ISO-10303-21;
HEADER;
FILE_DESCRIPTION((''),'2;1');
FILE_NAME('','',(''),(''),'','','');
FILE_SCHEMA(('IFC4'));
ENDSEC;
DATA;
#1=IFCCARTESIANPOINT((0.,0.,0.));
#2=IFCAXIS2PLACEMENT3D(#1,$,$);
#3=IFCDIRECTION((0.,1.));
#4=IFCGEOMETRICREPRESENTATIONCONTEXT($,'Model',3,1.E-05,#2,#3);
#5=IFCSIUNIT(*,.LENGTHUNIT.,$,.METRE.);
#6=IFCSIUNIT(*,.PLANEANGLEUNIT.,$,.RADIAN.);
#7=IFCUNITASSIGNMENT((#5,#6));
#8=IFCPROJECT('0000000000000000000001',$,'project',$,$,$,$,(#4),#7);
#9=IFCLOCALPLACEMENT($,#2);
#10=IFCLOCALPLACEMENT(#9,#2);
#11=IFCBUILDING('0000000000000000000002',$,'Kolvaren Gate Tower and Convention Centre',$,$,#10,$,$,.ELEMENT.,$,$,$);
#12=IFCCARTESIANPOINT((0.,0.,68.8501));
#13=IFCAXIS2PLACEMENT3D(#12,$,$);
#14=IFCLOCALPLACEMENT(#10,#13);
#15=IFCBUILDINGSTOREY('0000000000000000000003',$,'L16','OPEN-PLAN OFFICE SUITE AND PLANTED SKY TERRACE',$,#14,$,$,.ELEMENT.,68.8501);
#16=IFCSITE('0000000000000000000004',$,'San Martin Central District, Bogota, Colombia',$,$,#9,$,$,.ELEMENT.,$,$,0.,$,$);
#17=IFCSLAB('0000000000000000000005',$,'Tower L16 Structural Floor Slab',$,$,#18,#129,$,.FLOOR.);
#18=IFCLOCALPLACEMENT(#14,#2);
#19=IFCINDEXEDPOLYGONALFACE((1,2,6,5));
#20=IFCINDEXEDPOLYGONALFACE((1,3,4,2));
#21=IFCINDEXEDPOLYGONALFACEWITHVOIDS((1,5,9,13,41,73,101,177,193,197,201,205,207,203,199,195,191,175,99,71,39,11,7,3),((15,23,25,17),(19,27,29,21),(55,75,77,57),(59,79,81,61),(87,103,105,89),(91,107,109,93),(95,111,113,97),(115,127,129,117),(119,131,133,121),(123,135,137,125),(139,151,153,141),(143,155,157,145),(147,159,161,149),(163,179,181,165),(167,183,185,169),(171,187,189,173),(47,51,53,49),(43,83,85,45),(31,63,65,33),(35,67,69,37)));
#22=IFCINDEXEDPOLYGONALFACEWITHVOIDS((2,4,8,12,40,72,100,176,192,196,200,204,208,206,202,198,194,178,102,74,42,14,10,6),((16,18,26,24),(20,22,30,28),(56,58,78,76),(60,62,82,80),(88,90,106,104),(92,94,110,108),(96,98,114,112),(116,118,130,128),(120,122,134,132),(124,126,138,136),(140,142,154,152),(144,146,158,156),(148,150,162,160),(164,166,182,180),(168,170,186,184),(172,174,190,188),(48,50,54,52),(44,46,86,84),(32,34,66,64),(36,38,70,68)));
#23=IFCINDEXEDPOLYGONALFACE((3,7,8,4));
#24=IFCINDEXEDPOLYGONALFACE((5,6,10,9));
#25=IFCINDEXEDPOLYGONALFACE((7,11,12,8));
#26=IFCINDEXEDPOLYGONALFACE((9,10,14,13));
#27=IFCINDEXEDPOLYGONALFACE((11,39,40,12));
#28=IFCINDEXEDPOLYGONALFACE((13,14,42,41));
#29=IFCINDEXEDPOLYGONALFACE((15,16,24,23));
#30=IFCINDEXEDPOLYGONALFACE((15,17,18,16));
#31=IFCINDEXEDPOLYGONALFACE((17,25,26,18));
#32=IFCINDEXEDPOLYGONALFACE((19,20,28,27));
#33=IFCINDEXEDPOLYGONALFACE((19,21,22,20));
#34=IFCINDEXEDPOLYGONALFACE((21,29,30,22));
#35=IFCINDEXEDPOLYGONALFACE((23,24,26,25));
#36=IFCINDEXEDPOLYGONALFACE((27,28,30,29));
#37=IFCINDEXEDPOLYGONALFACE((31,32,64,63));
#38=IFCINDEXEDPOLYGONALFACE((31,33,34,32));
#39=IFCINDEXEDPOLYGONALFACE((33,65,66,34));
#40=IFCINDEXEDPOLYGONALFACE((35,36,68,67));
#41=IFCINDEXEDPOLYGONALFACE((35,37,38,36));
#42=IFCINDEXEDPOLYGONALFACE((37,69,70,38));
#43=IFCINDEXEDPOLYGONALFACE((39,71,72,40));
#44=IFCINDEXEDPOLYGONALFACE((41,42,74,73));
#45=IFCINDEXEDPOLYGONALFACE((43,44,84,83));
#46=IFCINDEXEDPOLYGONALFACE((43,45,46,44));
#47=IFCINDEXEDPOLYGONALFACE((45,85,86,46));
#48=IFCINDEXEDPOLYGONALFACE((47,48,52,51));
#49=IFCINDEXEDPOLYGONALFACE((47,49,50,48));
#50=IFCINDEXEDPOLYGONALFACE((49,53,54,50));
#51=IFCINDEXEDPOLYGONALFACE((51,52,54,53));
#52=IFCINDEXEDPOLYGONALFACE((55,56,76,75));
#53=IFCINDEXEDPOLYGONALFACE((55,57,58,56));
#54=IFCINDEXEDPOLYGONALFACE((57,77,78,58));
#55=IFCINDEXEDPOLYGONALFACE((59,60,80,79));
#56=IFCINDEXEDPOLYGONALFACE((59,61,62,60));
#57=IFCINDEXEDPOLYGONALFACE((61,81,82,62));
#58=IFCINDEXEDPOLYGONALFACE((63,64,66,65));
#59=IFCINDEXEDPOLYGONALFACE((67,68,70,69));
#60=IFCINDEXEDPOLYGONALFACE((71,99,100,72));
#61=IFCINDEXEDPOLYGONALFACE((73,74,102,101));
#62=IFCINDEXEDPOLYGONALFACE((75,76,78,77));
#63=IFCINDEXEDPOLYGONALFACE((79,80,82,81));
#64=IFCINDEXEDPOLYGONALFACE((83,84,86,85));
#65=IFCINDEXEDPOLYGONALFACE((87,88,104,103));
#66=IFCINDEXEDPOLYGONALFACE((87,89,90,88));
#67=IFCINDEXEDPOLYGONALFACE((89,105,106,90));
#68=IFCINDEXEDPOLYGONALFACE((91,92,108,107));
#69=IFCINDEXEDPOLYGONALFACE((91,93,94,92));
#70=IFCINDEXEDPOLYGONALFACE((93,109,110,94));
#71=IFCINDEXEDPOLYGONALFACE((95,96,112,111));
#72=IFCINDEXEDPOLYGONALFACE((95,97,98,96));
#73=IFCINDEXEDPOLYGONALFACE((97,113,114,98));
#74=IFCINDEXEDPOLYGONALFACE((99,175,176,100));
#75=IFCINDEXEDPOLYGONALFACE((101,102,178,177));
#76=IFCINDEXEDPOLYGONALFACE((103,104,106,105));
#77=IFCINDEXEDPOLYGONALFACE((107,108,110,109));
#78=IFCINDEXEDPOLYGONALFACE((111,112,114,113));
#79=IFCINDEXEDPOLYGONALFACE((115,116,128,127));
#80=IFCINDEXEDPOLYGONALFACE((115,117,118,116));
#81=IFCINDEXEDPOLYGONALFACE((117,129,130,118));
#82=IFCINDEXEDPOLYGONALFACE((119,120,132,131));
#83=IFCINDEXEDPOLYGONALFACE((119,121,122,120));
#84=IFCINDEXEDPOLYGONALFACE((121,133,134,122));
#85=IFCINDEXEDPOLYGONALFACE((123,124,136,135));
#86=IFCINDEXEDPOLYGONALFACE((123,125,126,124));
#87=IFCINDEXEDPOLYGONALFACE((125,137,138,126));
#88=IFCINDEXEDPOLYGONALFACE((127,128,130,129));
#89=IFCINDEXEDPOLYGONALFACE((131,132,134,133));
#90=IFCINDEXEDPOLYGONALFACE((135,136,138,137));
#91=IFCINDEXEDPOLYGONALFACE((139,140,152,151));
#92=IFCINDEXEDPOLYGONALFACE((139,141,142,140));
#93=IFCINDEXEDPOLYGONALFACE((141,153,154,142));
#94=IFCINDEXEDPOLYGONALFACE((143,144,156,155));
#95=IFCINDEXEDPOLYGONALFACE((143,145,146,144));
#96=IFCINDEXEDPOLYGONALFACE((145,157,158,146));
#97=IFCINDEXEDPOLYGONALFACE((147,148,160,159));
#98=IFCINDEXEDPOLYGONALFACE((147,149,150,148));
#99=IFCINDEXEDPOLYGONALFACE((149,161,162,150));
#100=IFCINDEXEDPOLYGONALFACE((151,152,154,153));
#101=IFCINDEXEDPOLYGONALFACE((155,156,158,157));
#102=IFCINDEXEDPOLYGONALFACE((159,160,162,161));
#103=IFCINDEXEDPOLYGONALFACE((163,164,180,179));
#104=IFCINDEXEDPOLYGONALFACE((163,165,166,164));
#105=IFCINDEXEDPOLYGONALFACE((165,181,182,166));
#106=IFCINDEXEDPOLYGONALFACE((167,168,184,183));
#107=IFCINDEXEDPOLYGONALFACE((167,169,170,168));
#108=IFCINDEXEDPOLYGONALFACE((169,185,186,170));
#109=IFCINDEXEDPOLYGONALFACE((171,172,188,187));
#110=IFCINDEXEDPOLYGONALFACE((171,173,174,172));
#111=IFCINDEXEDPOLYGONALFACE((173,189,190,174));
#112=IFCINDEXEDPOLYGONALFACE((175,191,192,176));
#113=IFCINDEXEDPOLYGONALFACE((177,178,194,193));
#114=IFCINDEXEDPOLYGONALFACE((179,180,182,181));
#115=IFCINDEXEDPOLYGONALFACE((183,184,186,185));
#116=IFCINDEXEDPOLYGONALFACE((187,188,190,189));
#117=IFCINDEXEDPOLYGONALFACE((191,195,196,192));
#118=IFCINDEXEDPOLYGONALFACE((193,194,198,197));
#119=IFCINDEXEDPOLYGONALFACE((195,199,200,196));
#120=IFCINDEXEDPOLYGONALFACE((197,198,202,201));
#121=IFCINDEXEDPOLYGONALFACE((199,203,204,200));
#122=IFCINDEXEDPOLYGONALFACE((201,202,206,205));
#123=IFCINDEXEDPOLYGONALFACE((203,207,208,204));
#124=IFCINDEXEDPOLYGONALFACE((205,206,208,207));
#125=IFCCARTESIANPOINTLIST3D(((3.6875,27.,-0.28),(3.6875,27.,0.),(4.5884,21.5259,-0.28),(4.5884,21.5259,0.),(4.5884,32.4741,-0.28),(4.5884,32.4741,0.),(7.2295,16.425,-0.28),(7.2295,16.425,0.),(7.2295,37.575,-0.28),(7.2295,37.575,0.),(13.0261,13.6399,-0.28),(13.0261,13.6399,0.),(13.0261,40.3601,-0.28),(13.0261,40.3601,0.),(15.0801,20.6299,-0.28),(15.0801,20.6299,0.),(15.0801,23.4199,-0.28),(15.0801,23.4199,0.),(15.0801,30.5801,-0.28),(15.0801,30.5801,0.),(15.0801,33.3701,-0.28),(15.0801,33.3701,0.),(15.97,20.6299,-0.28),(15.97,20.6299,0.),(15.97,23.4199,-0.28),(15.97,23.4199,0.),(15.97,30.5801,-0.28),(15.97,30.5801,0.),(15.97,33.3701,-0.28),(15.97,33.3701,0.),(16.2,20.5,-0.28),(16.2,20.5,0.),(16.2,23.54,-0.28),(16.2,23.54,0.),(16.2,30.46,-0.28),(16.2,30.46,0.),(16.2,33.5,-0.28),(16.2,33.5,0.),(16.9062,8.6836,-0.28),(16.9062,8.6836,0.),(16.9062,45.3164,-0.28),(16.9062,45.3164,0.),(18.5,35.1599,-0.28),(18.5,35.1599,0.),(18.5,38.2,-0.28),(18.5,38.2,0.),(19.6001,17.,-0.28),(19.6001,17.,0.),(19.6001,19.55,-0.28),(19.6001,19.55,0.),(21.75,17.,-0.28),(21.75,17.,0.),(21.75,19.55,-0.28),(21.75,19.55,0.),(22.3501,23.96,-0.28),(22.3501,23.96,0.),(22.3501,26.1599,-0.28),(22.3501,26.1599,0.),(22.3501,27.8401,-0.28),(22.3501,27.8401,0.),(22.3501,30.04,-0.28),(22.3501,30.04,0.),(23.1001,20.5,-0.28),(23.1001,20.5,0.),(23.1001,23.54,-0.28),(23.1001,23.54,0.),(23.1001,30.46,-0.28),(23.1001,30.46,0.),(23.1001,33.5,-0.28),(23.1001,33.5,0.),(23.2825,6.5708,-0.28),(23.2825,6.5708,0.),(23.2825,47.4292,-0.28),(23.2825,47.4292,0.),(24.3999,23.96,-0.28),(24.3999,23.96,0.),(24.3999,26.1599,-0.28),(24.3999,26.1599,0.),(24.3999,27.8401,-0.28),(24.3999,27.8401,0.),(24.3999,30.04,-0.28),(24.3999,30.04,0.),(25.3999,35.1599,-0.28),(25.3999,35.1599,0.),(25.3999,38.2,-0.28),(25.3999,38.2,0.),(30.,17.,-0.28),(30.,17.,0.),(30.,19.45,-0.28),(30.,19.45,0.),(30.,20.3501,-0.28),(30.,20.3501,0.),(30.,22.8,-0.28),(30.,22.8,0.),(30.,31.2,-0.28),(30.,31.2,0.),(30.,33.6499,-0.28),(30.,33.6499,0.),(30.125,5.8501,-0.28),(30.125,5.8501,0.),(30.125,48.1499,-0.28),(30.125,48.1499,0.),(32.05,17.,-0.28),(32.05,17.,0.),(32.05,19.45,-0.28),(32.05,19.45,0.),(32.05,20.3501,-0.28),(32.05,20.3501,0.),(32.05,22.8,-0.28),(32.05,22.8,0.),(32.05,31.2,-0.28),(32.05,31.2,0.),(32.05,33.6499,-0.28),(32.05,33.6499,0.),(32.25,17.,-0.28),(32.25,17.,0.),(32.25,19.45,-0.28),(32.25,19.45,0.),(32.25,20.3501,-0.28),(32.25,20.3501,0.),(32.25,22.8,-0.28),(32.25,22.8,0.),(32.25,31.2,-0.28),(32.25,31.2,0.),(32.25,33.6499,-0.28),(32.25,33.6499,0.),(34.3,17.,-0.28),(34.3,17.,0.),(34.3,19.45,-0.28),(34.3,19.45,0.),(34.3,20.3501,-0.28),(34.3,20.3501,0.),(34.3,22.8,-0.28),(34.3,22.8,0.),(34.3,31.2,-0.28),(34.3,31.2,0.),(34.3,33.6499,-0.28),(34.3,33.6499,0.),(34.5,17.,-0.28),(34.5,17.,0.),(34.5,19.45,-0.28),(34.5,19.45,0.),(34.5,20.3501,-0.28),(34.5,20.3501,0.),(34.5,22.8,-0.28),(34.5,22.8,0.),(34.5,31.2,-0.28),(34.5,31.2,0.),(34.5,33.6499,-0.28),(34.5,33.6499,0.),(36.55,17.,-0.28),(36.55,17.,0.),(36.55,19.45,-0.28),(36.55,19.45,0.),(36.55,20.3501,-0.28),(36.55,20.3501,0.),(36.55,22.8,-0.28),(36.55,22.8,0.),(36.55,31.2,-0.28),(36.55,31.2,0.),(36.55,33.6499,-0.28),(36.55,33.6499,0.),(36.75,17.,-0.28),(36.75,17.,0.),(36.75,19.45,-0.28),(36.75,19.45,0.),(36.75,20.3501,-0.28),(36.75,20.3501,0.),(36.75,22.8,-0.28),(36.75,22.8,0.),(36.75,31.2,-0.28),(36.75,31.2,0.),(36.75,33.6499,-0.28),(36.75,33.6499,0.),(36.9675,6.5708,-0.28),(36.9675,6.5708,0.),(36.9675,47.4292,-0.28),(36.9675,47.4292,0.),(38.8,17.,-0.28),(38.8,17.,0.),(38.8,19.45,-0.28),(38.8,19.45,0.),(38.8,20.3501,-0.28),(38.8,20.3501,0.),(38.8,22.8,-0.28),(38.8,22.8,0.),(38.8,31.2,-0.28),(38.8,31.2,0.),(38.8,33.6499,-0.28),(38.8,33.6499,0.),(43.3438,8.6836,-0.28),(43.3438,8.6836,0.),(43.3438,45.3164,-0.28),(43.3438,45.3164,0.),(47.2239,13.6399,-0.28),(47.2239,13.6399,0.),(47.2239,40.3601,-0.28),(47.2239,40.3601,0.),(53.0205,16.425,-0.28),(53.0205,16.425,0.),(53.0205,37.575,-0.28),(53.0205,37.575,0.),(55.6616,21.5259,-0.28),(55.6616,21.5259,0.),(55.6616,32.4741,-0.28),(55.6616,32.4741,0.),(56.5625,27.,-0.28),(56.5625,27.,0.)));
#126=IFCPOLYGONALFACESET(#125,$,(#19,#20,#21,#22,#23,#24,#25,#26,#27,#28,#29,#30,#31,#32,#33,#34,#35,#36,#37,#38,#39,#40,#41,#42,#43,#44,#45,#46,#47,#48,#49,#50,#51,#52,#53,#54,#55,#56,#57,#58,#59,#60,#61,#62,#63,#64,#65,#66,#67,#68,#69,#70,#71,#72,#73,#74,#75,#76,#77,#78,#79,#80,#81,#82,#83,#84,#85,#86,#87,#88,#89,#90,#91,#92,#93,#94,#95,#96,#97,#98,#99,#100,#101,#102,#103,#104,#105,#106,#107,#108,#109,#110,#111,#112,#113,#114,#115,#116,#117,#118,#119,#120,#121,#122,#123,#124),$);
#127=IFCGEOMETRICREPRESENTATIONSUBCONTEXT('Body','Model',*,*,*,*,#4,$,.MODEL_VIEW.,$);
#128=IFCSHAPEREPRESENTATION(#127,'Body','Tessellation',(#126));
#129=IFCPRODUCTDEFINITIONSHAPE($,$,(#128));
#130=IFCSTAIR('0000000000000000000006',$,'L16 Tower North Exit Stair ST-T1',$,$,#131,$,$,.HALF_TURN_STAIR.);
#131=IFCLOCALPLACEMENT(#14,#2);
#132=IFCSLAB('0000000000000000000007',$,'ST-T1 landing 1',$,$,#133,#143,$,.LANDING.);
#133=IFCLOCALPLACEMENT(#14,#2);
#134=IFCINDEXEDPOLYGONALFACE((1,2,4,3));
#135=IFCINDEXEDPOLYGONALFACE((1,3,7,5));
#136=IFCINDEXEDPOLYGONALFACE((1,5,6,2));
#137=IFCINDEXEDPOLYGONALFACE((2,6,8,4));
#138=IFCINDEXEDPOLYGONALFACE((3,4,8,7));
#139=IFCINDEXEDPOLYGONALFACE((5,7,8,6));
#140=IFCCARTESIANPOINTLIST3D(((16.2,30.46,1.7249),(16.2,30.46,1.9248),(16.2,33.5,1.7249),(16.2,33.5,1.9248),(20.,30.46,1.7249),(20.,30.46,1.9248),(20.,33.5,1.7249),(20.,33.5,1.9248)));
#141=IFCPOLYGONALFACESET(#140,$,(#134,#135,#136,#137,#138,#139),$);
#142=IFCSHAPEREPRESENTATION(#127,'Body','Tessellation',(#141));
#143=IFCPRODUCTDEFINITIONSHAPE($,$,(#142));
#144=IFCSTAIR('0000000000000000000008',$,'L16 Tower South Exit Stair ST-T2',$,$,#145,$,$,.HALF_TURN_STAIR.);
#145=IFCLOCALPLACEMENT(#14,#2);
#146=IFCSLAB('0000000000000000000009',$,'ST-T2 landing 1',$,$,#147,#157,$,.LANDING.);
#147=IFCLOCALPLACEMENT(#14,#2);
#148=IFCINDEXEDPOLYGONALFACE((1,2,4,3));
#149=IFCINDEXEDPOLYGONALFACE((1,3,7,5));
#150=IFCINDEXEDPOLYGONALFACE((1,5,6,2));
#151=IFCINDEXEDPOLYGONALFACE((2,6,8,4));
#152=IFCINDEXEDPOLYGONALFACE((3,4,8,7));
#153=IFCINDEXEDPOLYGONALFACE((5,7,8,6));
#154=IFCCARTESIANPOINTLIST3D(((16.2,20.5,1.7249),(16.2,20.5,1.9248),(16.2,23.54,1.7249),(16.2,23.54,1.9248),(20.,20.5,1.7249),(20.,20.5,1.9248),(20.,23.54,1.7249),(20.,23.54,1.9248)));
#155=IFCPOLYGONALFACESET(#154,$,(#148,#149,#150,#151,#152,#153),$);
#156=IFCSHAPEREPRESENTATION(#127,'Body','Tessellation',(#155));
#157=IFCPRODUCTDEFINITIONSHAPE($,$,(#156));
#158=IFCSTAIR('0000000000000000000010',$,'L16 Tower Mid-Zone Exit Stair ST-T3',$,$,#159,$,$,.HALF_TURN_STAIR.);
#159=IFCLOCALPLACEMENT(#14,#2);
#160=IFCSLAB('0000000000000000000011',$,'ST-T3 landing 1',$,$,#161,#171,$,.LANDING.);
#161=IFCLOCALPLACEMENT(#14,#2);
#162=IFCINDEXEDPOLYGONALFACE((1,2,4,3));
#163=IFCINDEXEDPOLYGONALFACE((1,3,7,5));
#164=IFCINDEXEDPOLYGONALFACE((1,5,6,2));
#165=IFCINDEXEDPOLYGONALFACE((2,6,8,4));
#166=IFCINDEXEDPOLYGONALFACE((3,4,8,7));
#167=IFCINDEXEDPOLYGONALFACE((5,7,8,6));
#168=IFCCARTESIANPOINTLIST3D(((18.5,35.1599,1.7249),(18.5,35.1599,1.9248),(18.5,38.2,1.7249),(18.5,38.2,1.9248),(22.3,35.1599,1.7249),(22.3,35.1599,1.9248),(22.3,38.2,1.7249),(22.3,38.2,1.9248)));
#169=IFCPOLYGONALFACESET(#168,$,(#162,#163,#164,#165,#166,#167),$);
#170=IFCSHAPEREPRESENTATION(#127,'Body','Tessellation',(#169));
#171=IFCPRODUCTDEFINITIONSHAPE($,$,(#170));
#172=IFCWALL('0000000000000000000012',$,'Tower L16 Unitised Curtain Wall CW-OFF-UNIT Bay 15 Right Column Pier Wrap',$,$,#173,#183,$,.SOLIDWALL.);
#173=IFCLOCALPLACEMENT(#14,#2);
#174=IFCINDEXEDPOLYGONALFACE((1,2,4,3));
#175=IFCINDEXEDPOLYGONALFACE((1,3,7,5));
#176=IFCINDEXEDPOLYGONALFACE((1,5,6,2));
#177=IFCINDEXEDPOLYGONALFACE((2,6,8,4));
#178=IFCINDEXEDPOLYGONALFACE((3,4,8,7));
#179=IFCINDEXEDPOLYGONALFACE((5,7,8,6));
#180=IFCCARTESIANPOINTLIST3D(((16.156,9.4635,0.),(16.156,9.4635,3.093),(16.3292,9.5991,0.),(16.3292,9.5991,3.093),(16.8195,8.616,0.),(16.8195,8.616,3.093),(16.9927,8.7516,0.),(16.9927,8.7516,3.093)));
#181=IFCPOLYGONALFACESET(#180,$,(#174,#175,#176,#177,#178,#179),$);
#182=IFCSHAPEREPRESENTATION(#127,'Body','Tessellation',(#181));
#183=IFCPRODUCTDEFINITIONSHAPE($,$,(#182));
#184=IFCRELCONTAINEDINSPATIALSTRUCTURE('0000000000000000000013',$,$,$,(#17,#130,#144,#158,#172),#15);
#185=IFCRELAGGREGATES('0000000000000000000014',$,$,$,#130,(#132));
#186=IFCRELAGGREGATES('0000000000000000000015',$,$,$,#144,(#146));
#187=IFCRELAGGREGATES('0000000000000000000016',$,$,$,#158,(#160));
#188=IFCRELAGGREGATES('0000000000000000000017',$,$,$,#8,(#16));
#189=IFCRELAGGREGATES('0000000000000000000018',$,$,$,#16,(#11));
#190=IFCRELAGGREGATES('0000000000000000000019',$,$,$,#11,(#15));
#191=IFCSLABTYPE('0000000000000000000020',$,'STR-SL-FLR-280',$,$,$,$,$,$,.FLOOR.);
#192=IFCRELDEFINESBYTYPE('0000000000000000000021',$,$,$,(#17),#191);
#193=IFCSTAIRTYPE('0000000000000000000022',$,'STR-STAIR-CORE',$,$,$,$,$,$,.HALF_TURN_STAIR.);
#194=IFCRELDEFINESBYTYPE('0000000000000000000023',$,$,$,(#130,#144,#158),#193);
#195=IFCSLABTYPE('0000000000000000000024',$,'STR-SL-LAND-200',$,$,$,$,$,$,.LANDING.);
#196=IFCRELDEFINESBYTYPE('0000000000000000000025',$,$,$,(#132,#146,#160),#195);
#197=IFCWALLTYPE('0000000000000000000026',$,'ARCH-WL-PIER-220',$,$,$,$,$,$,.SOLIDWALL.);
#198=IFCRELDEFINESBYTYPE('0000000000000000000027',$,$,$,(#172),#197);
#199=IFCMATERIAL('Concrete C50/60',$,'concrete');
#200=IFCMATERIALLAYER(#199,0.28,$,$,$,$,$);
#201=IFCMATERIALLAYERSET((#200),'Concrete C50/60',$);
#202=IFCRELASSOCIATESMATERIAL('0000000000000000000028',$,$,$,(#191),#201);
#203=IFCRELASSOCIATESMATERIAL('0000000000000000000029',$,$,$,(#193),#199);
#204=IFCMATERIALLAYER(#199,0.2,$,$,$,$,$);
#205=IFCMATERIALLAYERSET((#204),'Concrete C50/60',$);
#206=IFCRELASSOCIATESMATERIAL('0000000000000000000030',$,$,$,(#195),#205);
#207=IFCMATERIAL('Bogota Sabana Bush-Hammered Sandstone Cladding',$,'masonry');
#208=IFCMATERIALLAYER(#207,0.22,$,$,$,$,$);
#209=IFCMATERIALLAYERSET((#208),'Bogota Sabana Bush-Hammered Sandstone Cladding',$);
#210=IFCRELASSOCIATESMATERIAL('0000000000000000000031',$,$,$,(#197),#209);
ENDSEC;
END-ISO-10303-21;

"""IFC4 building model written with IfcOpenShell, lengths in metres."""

from ifc_helpers import new_model, si_unit, direction, frame, frame_2d, origin, place, context, subcontext, project, spatial, polyline, rectangle, outline, extrude, material, layer, layer_set, type_object, element, aggregate, save


model = new_model("IFC4")

# Units and contexts
model_context = context("Model", 3, precision=1e-05, world=origin(), true_north=direction((0.0, 1.0)))
body_context = subcontext(model_context, "Body", "Model", "MODEL_VIEW")
ifc_project = project(units=[si_unit("LENGTHUNIT", "METRE"), si_unit("PLANEANGLEUNIT", "RADIAN")], contexts=[model_context])

# Site, building, storey
site_placement = place(None, origin())
site = spatial("IfcSite", under=ifc_project, at=site_placement, Name="San Martin Central District, Bogota, Colombia", CompositionType="ELEMENT", RefElevation=0.0)
building_placement = place(site_placement, origin())
building = spatial("IfcBuilding", under=site, at=building_placement, Name="Kolvaren Gate Tower and Convention Centre", CompositionType="ELEMENT")
storey_placement = place(building_placement, frame((0.0, 0.0, 68.8501)))
storey = spatial("IfcBuildingStorey", under=building, at=storey_placement, Name="L16", Description="OPEN-PLAN OFFICE SUITE AND PLANTED SKY TERRACE", CompositionType="ELEMENT", Elevation=68.8501)

# Slab
ifc_material_1 = material(Name="Concrete C50/60", Category="concrete")
ifc_layer_1 = layer(ifc_material_1, 0.28)
ifc_layer_set_1 = layer_set([ifc_layer_1], Name="Concrete C50/60")
slab_type_1 = type_object("IfcSlabType", Name="STR-SL-FLR-280", PredefinedType="FLOOR", material=ifc_layer_set_1)
slab_1_placement = place(storey_placement, frame((0.0, 0.0, -0.28)))
element("IfcSlab", 1, at=slab_1_placement, inside=storey, type_object=slab_type_1, Name="Tower L16 Structural Floor Slab", PredefinedType="FLOOR", context=body_context, shape_type="SweptSolid", body=[
    extrude(outline(polyline([(56.5625, 27.0), (55.6616, 32.4741), (53.0205, 37.575), (47.2239, 40.3601), (43.3438, 45.3164), (36.9675, 47.4292), (30.125, 48.1499), (23.2825, 47.4292), (16.9062, 45.3164), (13.0261, 40.3601), (7.2295, 37.575), (4.5884, 32.4741), (3.6875, 27.0), (4.5884, 21.5259), (7.2295, 16.425), (13.0261, 13.6399), (16.9062, 8.6836), (23.2825, 6.5708), (30.125, 5.8501), (36.9675, 6.5708), (43.3438, 8.6836), (47.2239, 13.6399), (53.0205, 16.425), (55.6616, 21.5259), (56.5625, 27.0)]), holes=[polyline([(36.75, 33.6499), (38.8, 33.6499), (38.8, 31.2), (36.75, 31.2), (36.75, 33.6499)]), polyline([(36.75, 20.3501), (36.75, 22.8), (38.8, 22.8), (38.8, 20.3501), (36.75, 20.3501)]), polyline([(36.75, 17.0), (36.75, 19.45), (38.8, 19.45), (38.8, 17.0), (36.75, 17.0)]), polyline([(34.5, 33.6499), (36.55, 33.6499), (36.55, 31.2), (34.5, 31.2), (34.5, 33.6499)]), polyline([(34.5, 22.8), (36.55, 22.8), (36.55, 20.3501), (34.5, 20.3501), (34.5, 22.8)]), polyline([(34.5, 17.0), (34.5, 19.45), (36.55, 19.45), (36.55, 17.0), (34.5, 17.0)]), polyline([(32.25, 31.2), (32.25, 33.6499), (34.3, 33.6499), (34.3, 31.2), (32.25, 31.2)]), polyline([(32.25, 22.8), (34.3, 22.8), (34.3, 20.3501), (32.25, 20.3501), (32.25, 22.8)]), polyline([(32.25, 17.0), (32.25, 19.45), (34.3, 19.45), (34.3, 17.0), (32.25, 17.0)]), polyline([(30.0, 31.2), (30.0, 33.6499), (32.05, 33.6499), (32.05, 31.2), (30.0, 31.2)]), polyline([(30.0, 20.3501), (30.0, 22.8), (32.05, 22.8), (32.05, 20.3501), (30.0, 20.3501)]), polyline([(30.0, 17.0), (30.0, 19.45), (32.05, 19.45), (32.05, 17.0), (30.0, 17.0)]), polyline([(25.3999, 35.1599), (18.5, 35.1599), (18.5, 38.2), (25.3999, 38.2), (25.3999, 35.1599)]), polyline([(22.3501, 27.8401), (22.3501, 30.04), (24.3999, 30.04), (24.3999, 27.8401), (22.3501, 27.8401)]), polyline([(22.3501, 23.96), (22.3501, 26.1599), (24.3999, 26.1599), (24.3999, 23.96), (22.3501, 23.96)]), polyline([(23.1001, 30.46), (16.2, 30.46), (16.2, 33.5), (23.1001, 33.5), (23.1001, 30.46)]), polyline([(23.1001, 20.5), (16.2, 20.5), (16.2, 23.54), (23.1001, 23.54), (23.1001, 20.5)]), polyline([(19.6001, 17.0), (19.6001, 19.55), (21.75, 19.55), (21.75, 17.0), (19.6001, 17.0)]), polyline([(15.0801, 23.4199), (15.97, 23.4199), (15.97, 20.6299), (15.0801, 20.6299), (15.0801, 23.4199)]), polyline([(15.0801, 30.5801), (15.0801, 33.3701), (15.97, 33.3701), (15.97, 30.5801), (15.0801, 30.5801)])]), origin(), (0.0, 0.0, 1.0), 0.28),
])

# Stairs, slabs
stair_type = type_object("IfcStairType", Name="STR-STAIR-CORE", PredefinedType="HALF_TURN_STAIR", material=ifc_material_1)
stair_1_placement = place(storey_placement, origin())
stair_1 = element("IfcStair", 2, at=stair_1_placement, inside=storey, type_object=stair_type, Name="L16 Tower North Exit Stair ST-T1", PredefinedType="HALF_TURN_STAIR")
ifc_layer_2 = layer(ifc_material_1, 0.2)
ifc_layer_set_2 = layer_set([ifc_layer_2], Name="Concrete C50/60")
slab_type_2 = type_object("IfcSlabType", Name="STR-SL-LAND-200", PredefinedType="LANDING", material=ifc_layer_set_2)
slab_2_placement = place(storey_placement, frame((0.0, 0.0, 1.7249)))
slab_2 = element("IfcSlab", 3, at=slab_2_placement, type_object=slab_type_2, Name="ST-T1 landing 1", PredefinedType="LANDING", context=body_context, shape_type="SweptSolid", body=[
    extrude(outline(polyline([(20.0, 33.5), (16.2, 33.5), (16.2, 30.46), (20.0, 30.46), (20.0, 33.5)])), origin(), (0.0, 0.0, 1.0), 0.2),
])
aggregate(stair_1, [slab_2])
stair_2_placement = place(storey_placement, origin())
stair_2 = element("IfcStair", 4, at=stair_2_placement, inside=storey, type_object=stair_type, Name="L16 Tower South Exit Stair ST-T2", PredefinedType="HALF_TURN_STAIR")
slab_3_placement = place(storey_placement, frame((0.0, 0.0, 1.7249)))
slab_3 = element("IfcSlab", 5, at=slab_3_placement, type_object=slab_type_2, Name="ST-T2 landing 1", PredefinedType="LANDING", context=body_context, shape_type="SweptSolid", body=[
    extrude(outline(polyline([(20.0, 23.54), (16.2, 23.54), (16.2, 20.5), (20.0, 20.5), (20.0, 23.54)])), origin(), (0.0, 0.0, 1.0), 0.2),
])
aggregate(stair_2, [slab_3])
stair_3_placement = place(storey_placement, origin())
stair_3 = element("IfcStair", 6, at=stair_3_placement, inside=storey, type_object=stair_type, Name="L16 Tower Mid-Zone Exit Stair ST-T3", PredefinedType="HALF_TURN_STAIR")
slab_4_placement = place(storey_placement, frame((0.0, 0.0, 1.7249)))
slab_4 = element("IfcSlab", 7, at=slab_4_placement, type_object=slab_type_2, Name="ST-T3 landing 1", PredefinedType="LANDING", context=body_context, shape_type="SweptSolid", body=[
    extrude(outline(polyline([(22.3, 38.2), (18.5, 38.2), (18.5, 35.1599), (22.3, 35.1599), (22.3, 38.2)])), origin(), (0.0, 0.0, 1.0), 0.2),
])
aggregate(stair_3, [slab_4])

# Wall
ifc_material_2 = material(Name="Bogota Sabana Bush-Hammered Sandstone Cladding", Category="masonry")
ifc_layer_3 = layer(ifc_material_2, 0.22)
ifc_layer_set_3 = layer_set([ifc_layer_3], Name="Bogota Sabana Bush-Hammered Sandstone Cladding")
wall_type_1 = type_object("IfcWallType", Name="ARCH-WL-PIER-220", PredefinedType="SOLIDWALL", material=ifc_layer_set_3)
wall_1_placement = place(storey_placement, frame((16.2427, 9.5312, 0.0), z_axis=(0.0, 0.0, 1.0), x_axis=(0.616418, -0.787419, 0.0)))
element("IfcWall", 8, at=wall_1_placement, inside=storey, type_object=wall_type_1, Name="Tower L16 Unitised Curtain Wall CW-OFF-UNIT Bay 15 Right Column Pier Wrap", PredefinedType="SOLIDWALL", context=body_context, shape_type="SweptSolid", body=[
    extrude(rectangle(XDim=1.0764, YDim=0.22, at=frame_2d((0.5381, 0.0))), origin(), (0.0, 0.0, 1.0), 3.093),
])

save(model, "model.ifc")
